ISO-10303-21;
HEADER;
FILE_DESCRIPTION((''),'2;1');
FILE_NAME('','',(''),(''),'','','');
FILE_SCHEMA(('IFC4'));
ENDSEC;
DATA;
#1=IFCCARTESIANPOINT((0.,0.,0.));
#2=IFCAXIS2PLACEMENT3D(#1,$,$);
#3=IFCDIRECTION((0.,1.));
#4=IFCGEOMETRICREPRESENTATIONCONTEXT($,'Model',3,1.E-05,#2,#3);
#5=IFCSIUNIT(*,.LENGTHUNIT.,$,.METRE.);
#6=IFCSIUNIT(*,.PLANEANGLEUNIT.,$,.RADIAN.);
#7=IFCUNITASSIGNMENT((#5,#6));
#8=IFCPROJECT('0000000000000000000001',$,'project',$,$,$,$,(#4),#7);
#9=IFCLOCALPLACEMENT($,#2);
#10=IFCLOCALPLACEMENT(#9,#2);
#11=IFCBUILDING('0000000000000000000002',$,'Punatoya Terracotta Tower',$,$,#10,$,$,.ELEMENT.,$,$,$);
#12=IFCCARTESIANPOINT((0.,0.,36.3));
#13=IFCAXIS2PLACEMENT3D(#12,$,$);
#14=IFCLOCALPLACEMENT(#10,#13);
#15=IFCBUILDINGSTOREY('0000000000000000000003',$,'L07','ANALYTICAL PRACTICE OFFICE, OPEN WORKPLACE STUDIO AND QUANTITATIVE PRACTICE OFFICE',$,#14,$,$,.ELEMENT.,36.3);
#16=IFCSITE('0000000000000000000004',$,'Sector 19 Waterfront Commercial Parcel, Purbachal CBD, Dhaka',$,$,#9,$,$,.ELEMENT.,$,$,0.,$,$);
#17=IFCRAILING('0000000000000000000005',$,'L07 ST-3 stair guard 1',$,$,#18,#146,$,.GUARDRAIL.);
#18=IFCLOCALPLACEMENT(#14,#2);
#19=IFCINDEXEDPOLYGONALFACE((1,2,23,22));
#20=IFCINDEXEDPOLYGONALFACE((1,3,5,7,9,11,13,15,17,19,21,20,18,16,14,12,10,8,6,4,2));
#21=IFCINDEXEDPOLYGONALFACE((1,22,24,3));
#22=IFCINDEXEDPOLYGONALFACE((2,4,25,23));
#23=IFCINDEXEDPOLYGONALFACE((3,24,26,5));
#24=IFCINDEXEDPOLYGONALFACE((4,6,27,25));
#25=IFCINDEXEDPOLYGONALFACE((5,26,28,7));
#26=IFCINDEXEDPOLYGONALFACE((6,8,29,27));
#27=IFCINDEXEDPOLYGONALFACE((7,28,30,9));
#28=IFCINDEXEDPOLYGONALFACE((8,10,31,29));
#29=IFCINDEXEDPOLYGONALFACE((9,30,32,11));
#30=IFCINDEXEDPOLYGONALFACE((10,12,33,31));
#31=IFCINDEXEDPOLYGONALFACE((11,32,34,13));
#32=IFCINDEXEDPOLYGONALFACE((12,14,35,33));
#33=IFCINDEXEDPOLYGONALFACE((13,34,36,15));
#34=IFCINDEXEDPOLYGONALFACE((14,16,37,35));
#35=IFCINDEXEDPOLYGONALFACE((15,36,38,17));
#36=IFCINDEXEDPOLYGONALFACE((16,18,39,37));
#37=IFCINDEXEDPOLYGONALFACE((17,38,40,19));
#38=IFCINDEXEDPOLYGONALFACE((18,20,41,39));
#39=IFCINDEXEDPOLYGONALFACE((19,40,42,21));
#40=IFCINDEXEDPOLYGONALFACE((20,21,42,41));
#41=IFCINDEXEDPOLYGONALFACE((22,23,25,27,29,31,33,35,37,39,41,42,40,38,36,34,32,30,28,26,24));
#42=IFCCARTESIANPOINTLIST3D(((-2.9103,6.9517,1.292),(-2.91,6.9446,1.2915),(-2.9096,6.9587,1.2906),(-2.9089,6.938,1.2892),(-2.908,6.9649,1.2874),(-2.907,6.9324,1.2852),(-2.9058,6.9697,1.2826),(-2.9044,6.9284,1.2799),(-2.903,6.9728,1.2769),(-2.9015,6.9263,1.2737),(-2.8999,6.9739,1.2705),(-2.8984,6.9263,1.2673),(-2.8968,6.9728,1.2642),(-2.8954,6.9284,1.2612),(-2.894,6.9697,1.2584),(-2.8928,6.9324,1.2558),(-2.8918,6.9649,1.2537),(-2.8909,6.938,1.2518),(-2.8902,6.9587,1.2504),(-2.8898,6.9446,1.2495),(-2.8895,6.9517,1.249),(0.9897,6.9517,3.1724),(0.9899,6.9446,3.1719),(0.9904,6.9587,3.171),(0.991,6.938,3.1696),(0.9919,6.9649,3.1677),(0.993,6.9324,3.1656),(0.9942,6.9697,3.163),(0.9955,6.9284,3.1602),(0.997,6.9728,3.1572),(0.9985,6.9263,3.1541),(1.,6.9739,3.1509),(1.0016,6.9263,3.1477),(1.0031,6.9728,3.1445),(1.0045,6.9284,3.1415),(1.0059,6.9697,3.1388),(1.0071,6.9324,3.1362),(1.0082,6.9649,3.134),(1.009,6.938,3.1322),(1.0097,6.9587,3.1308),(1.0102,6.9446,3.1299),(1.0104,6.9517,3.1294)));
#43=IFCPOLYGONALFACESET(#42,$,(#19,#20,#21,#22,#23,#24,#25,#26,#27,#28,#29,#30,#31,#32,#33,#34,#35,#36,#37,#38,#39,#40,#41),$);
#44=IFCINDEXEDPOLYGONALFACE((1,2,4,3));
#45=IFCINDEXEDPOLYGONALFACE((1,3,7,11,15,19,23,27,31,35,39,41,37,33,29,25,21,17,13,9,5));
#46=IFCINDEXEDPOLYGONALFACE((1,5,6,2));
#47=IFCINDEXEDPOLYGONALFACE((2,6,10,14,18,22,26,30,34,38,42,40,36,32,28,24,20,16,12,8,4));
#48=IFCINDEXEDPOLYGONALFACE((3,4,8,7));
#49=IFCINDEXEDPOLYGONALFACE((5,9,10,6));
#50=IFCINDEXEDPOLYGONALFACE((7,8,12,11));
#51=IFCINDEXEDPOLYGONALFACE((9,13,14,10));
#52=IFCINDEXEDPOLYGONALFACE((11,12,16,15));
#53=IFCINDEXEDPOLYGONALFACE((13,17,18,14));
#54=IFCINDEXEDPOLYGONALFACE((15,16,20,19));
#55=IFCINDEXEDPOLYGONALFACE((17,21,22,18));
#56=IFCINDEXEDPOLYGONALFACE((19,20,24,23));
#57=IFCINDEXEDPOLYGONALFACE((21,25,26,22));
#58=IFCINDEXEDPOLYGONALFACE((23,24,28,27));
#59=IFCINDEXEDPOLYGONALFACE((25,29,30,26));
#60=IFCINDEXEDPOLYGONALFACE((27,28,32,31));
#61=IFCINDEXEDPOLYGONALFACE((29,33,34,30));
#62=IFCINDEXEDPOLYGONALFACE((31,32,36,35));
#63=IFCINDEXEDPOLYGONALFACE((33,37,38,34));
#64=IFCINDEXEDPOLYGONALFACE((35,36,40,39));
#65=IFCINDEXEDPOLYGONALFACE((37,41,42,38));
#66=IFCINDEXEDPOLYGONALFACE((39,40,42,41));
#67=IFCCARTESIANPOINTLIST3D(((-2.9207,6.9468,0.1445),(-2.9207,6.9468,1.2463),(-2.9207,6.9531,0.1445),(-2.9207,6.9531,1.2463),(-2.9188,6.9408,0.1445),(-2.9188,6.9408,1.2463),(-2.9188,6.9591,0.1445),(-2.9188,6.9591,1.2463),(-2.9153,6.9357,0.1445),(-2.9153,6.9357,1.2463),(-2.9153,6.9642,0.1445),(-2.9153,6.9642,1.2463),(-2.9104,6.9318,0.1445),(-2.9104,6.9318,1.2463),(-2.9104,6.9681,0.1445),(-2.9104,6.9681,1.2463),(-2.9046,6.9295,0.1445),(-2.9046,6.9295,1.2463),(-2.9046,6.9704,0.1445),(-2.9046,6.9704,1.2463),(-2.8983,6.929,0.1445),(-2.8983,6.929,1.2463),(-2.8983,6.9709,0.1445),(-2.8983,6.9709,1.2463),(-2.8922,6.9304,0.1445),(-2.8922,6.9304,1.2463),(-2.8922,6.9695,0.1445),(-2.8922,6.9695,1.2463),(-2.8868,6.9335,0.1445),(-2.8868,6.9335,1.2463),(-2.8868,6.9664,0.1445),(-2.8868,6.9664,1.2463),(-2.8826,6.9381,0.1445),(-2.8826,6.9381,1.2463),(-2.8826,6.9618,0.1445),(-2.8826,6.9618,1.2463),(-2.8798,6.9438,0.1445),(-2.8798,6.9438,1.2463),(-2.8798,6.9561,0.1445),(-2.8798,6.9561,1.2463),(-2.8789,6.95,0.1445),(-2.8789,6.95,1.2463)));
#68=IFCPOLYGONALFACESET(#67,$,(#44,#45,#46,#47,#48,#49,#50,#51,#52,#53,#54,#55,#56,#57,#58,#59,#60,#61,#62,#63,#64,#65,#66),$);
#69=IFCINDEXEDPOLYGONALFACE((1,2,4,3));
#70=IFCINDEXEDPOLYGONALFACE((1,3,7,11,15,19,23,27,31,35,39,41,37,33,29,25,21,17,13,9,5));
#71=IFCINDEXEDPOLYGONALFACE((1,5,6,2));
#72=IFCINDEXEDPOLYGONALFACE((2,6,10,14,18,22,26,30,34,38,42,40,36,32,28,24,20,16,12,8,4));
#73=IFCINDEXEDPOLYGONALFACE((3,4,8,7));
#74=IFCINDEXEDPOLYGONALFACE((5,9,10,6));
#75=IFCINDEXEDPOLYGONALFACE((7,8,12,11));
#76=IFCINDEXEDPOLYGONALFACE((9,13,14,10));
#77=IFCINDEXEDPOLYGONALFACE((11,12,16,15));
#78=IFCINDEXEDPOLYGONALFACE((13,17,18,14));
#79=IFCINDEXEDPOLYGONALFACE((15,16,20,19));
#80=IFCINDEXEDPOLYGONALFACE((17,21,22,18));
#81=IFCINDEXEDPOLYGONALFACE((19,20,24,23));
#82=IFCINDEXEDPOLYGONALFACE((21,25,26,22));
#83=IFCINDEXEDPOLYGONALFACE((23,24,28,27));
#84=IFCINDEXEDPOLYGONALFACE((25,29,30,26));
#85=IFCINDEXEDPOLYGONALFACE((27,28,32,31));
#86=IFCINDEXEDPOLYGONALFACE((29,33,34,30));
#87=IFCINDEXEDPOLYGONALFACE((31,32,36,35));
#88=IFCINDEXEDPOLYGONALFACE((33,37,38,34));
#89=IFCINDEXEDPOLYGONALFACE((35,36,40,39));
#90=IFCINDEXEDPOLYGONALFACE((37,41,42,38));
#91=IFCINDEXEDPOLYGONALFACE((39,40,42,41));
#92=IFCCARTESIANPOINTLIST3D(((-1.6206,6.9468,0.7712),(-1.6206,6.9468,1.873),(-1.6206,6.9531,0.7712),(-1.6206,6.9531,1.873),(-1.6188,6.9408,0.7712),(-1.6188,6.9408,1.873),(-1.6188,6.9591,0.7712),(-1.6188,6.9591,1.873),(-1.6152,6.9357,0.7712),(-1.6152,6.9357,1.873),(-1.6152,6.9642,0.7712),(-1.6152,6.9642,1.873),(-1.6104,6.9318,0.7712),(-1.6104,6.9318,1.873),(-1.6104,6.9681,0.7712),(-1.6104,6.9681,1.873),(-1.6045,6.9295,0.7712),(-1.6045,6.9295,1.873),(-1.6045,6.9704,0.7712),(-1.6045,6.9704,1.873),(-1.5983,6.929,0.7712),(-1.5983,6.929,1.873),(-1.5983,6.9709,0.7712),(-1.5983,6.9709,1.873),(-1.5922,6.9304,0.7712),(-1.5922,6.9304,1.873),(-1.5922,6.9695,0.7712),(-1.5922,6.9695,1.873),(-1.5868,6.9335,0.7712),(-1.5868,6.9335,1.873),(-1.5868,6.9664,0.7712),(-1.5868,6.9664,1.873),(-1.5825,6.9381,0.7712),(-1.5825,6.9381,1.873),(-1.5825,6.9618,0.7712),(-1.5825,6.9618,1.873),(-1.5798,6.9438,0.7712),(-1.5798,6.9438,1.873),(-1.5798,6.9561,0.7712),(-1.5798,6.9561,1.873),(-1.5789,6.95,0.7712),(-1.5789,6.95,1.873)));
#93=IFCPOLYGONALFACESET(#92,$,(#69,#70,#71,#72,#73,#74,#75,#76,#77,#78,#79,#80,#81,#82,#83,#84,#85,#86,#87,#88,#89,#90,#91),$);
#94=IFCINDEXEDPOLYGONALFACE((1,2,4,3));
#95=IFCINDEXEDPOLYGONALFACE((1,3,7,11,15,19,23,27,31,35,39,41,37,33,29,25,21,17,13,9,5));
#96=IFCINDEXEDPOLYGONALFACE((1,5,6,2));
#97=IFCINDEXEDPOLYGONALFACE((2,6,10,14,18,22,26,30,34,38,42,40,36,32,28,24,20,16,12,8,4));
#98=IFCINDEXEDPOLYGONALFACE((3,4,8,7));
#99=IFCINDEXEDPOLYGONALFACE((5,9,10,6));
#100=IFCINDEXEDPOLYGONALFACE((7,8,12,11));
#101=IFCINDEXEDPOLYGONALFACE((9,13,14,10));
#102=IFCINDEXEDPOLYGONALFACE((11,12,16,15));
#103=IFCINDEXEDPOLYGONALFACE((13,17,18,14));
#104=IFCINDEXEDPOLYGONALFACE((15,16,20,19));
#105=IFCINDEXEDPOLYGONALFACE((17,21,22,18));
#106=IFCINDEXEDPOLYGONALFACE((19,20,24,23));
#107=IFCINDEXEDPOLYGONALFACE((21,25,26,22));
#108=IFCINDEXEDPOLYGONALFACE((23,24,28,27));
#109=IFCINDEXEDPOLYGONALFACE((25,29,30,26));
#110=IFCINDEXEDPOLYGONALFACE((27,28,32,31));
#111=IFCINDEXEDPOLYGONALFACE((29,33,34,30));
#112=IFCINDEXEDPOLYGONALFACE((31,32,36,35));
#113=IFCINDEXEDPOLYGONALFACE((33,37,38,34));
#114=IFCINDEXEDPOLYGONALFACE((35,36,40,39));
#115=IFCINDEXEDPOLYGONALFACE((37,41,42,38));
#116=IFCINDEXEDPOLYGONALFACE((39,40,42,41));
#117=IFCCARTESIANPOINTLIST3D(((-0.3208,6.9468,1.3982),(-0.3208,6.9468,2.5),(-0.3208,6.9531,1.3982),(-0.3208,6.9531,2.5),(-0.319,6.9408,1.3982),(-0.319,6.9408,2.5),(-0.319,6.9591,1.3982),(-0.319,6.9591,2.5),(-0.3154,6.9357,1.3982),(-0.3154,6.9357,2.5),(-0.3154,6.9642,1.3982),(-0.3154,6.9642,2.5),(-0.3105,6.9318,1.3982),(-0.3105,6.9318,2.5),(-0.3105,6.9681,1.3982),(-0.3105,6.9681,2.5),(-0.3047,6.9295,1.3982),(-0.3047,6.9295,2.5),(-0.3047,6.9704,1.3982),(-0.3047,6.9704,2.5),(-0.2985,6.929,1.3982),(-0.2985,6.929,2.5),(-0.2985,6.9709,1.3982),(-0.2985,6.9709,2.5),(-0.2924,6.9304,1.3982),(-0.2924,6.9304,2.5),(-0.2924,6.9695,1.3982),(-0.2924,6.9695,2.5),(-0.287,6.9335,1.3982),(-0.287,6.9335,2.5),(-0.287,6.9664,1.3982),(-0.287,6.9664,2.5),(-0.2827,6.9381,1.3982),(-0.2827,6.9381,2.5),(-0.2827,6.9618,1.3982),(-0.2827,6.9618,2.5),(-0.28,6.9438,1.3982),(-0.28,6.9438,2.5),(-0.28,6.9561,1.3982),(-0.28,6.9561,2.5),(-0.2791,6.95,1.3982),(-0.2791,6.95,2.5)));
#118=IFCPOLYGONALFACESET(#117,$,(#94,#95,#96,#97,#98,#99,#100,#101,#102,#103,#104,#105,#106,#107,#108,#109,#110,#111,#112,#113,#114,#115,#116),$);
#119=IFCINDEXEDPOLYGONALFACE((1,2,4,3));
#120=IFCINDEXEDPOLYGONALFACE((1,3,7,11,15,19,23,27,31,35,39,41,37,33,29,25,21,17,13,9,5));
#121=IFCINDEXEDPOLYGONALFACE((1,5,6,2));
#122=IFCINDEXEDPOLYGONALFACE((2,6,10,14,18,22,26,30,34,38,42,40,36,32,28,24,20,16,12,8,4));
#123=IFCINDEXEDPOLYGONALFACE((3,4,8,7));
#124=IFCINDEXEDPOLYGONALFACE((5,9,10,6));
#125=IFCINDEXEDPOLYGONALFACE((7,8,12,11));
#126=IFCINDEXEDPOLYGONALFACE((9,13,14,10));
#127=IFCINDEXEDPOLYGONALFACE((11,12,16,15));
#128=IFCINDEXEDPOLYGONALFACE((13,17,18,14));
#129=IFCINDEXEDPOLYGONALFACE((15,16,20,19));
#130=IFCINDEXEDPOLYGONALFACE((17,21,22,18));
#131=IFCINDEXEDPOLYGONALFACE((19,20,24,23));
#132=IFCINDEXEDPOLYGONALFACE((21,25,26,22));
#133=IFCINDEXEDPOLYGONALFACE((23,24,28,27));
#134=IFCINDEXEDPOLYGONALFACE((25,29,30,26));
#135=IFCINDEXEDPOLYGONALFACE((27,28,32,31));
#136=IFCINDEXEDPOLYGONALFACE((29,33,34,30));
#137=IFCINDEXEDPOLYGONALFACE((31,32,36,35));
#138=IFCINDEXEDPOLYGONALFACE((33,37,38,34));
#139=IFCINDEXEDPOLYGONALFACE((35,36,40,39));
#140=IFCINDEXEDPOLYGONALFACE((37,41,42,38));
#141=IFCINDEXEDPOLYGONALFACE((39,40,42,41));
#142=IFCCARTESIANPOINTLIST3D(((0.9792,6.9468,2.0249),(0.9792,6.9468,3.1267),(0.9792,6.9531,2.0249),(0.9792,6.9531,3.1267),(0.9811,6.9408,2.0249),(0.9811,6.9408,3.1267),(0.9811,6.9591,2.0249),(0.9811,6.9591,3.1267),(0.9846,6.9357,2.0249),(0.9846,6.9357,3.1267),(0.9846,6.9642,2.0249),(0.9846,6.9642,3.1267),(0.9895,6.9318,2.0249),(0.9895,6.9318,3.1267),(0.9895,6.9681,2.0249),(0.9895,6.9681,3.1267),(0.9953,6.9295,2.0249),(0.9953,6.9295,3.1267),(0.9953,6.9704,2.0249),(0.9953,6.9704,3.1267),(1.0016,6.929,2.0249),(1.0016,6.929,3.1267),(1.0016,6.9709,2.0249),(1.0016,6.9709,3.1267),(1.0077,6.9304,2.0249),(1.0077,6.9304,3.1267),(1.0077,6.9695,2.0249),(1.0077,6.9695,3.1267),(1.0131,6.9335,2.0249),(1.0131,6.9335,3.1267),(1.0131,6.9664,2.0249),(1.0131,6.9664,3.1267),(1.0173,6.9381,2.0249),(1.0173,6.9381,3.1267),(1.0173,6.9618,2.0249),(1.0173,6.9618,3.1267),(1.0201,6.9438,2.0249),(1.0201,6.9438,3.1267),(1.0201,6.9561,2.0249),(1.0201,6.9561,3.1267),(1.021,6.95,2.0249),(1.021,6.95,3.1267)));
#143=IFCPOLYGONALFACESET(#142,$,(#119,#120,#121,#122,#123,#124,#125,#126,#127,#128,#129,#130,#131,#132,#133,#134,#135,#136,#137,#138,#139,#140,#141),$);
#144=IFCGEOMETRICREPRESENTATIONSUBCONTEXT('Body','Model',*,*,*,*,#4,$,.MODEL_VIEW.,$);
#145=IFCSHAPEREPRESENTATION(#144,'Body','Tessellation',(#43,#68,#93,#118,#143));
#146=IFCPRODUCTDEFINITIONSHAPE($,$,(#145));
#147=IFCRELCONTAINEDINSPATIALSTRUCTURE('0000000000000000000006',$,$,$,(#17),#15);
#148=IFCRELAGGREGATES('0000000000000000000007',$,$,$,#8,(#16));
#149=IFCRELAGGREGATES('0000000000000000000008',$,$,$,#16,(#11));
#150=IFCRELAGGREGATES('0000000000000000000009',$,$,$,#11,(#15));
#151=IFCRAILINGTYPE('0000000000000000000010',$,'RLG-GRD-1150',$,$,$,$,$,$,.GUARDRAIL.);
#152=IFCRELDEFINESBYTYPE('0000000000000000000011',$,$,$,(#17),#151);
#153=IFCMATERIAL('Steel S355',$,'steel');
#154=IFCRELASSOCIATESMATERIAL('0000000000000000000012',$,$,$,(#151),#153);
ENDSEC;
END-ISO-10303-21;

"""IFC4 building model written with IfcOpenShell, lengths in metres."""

from ifc_helpers import new_model, si_unit, direction, frame, origin, origin_2d, place, context, subcontext, project, spatial, circle, extrude, material, type_object, element, save


model = new_model("IFC4")

# Units and contexts
model_context = context("Model", 3, precision=1e-05, world=origin(), true_north=direction((0.0, 1.0)))
body_context = subcontext(model_context, "Body", "Model", "MODEL_VIEW")
ifc_project = project(units=[si_unit("LENGTHUNIT", "METRE"), si_unit("PLANEANGLEUNIT", "RADIAN")], contexts=[model_context])

# Site, building, storey
site_placement = place(None, origin())
site = spatial("IfcSite", under=ifc_project, at=site_placement, Name="Sector 19 Waterfront Commercial Parcel, Purbachal CBD, Dhaka", CompositionType="ELEMENT", RefElevation=0.0)
building_placement = place(site_placement, origin())
building = spatial("IfcBuilding", under=site, at=building_placement, Name="Punatoya Terracotta Tower", CompositionType="ELEMENT")
storey_placement = place(building_placement, frame((0.0, 0.0, 36.3)))
storey = spatial("IfcBuildingStorey", under=building, at=storey_placement, Name="L07", Description="ANALYTICAL PRACTICE OFFICE, OPEN WORKPLACE STUDIO AND QUANTITATIVE PRACTICE OFFICE", CompositionType="ELEMENT", Elevation=36.3)

# Shared definitions
ifc_material_1 = material(Name="Steel S355", Category="steel")

# Railing
railing_type_1 = type_object("IfcRailingType", Name="RLG-GRD-1150", PredefinedType="GUARDRAIL", material=ifc_material_1)
railing_1_placement = place(storey_placement, frame((-2.8999, 6.95, 0.1445)))
element("IfcRailing", 1, at=railing_1_placement, inside=storey, type_object=railing_type_1, Name="L07 ST-3 stair guard 1", PredefinedType="GUARDRAIL", context=body_context, shape_type="SweptSolid", body=[
    extrude(circle(Radius=0.0239, at=origin_2d()), frame((0.0, 0.0, 1.126), z_axis=(0.900763, 0.0, 0.434311), x_axis=(0.0, 1.0, 0.0)), (0.0, 0.0, 1.0), 4.3296),
    extrude(circle(Radius=0.021, at=origin_2d()), origin(), (0.0, 0.0, 1.0), 1.1018),
    extrude(circle(Radius=0.021, at=origin_2d()), frame((1.3, 0.0, 0.6267)), (0.0, 0.0, 1.0), 1.1018),
    extrude(circle(Radius=0.021, at=origin_2d()), frame((2.5999, 0.0, 1.2537)), (0.0, 0.0, 1.0), 1.1018),
    extrude(circle(Radius=0.021, at=origin_2d()), frame((3.8999, 0.0, 1.8804)), (0.0, 0.0, 1.0), 1.1018),
])

save(model, "model.ifc")
